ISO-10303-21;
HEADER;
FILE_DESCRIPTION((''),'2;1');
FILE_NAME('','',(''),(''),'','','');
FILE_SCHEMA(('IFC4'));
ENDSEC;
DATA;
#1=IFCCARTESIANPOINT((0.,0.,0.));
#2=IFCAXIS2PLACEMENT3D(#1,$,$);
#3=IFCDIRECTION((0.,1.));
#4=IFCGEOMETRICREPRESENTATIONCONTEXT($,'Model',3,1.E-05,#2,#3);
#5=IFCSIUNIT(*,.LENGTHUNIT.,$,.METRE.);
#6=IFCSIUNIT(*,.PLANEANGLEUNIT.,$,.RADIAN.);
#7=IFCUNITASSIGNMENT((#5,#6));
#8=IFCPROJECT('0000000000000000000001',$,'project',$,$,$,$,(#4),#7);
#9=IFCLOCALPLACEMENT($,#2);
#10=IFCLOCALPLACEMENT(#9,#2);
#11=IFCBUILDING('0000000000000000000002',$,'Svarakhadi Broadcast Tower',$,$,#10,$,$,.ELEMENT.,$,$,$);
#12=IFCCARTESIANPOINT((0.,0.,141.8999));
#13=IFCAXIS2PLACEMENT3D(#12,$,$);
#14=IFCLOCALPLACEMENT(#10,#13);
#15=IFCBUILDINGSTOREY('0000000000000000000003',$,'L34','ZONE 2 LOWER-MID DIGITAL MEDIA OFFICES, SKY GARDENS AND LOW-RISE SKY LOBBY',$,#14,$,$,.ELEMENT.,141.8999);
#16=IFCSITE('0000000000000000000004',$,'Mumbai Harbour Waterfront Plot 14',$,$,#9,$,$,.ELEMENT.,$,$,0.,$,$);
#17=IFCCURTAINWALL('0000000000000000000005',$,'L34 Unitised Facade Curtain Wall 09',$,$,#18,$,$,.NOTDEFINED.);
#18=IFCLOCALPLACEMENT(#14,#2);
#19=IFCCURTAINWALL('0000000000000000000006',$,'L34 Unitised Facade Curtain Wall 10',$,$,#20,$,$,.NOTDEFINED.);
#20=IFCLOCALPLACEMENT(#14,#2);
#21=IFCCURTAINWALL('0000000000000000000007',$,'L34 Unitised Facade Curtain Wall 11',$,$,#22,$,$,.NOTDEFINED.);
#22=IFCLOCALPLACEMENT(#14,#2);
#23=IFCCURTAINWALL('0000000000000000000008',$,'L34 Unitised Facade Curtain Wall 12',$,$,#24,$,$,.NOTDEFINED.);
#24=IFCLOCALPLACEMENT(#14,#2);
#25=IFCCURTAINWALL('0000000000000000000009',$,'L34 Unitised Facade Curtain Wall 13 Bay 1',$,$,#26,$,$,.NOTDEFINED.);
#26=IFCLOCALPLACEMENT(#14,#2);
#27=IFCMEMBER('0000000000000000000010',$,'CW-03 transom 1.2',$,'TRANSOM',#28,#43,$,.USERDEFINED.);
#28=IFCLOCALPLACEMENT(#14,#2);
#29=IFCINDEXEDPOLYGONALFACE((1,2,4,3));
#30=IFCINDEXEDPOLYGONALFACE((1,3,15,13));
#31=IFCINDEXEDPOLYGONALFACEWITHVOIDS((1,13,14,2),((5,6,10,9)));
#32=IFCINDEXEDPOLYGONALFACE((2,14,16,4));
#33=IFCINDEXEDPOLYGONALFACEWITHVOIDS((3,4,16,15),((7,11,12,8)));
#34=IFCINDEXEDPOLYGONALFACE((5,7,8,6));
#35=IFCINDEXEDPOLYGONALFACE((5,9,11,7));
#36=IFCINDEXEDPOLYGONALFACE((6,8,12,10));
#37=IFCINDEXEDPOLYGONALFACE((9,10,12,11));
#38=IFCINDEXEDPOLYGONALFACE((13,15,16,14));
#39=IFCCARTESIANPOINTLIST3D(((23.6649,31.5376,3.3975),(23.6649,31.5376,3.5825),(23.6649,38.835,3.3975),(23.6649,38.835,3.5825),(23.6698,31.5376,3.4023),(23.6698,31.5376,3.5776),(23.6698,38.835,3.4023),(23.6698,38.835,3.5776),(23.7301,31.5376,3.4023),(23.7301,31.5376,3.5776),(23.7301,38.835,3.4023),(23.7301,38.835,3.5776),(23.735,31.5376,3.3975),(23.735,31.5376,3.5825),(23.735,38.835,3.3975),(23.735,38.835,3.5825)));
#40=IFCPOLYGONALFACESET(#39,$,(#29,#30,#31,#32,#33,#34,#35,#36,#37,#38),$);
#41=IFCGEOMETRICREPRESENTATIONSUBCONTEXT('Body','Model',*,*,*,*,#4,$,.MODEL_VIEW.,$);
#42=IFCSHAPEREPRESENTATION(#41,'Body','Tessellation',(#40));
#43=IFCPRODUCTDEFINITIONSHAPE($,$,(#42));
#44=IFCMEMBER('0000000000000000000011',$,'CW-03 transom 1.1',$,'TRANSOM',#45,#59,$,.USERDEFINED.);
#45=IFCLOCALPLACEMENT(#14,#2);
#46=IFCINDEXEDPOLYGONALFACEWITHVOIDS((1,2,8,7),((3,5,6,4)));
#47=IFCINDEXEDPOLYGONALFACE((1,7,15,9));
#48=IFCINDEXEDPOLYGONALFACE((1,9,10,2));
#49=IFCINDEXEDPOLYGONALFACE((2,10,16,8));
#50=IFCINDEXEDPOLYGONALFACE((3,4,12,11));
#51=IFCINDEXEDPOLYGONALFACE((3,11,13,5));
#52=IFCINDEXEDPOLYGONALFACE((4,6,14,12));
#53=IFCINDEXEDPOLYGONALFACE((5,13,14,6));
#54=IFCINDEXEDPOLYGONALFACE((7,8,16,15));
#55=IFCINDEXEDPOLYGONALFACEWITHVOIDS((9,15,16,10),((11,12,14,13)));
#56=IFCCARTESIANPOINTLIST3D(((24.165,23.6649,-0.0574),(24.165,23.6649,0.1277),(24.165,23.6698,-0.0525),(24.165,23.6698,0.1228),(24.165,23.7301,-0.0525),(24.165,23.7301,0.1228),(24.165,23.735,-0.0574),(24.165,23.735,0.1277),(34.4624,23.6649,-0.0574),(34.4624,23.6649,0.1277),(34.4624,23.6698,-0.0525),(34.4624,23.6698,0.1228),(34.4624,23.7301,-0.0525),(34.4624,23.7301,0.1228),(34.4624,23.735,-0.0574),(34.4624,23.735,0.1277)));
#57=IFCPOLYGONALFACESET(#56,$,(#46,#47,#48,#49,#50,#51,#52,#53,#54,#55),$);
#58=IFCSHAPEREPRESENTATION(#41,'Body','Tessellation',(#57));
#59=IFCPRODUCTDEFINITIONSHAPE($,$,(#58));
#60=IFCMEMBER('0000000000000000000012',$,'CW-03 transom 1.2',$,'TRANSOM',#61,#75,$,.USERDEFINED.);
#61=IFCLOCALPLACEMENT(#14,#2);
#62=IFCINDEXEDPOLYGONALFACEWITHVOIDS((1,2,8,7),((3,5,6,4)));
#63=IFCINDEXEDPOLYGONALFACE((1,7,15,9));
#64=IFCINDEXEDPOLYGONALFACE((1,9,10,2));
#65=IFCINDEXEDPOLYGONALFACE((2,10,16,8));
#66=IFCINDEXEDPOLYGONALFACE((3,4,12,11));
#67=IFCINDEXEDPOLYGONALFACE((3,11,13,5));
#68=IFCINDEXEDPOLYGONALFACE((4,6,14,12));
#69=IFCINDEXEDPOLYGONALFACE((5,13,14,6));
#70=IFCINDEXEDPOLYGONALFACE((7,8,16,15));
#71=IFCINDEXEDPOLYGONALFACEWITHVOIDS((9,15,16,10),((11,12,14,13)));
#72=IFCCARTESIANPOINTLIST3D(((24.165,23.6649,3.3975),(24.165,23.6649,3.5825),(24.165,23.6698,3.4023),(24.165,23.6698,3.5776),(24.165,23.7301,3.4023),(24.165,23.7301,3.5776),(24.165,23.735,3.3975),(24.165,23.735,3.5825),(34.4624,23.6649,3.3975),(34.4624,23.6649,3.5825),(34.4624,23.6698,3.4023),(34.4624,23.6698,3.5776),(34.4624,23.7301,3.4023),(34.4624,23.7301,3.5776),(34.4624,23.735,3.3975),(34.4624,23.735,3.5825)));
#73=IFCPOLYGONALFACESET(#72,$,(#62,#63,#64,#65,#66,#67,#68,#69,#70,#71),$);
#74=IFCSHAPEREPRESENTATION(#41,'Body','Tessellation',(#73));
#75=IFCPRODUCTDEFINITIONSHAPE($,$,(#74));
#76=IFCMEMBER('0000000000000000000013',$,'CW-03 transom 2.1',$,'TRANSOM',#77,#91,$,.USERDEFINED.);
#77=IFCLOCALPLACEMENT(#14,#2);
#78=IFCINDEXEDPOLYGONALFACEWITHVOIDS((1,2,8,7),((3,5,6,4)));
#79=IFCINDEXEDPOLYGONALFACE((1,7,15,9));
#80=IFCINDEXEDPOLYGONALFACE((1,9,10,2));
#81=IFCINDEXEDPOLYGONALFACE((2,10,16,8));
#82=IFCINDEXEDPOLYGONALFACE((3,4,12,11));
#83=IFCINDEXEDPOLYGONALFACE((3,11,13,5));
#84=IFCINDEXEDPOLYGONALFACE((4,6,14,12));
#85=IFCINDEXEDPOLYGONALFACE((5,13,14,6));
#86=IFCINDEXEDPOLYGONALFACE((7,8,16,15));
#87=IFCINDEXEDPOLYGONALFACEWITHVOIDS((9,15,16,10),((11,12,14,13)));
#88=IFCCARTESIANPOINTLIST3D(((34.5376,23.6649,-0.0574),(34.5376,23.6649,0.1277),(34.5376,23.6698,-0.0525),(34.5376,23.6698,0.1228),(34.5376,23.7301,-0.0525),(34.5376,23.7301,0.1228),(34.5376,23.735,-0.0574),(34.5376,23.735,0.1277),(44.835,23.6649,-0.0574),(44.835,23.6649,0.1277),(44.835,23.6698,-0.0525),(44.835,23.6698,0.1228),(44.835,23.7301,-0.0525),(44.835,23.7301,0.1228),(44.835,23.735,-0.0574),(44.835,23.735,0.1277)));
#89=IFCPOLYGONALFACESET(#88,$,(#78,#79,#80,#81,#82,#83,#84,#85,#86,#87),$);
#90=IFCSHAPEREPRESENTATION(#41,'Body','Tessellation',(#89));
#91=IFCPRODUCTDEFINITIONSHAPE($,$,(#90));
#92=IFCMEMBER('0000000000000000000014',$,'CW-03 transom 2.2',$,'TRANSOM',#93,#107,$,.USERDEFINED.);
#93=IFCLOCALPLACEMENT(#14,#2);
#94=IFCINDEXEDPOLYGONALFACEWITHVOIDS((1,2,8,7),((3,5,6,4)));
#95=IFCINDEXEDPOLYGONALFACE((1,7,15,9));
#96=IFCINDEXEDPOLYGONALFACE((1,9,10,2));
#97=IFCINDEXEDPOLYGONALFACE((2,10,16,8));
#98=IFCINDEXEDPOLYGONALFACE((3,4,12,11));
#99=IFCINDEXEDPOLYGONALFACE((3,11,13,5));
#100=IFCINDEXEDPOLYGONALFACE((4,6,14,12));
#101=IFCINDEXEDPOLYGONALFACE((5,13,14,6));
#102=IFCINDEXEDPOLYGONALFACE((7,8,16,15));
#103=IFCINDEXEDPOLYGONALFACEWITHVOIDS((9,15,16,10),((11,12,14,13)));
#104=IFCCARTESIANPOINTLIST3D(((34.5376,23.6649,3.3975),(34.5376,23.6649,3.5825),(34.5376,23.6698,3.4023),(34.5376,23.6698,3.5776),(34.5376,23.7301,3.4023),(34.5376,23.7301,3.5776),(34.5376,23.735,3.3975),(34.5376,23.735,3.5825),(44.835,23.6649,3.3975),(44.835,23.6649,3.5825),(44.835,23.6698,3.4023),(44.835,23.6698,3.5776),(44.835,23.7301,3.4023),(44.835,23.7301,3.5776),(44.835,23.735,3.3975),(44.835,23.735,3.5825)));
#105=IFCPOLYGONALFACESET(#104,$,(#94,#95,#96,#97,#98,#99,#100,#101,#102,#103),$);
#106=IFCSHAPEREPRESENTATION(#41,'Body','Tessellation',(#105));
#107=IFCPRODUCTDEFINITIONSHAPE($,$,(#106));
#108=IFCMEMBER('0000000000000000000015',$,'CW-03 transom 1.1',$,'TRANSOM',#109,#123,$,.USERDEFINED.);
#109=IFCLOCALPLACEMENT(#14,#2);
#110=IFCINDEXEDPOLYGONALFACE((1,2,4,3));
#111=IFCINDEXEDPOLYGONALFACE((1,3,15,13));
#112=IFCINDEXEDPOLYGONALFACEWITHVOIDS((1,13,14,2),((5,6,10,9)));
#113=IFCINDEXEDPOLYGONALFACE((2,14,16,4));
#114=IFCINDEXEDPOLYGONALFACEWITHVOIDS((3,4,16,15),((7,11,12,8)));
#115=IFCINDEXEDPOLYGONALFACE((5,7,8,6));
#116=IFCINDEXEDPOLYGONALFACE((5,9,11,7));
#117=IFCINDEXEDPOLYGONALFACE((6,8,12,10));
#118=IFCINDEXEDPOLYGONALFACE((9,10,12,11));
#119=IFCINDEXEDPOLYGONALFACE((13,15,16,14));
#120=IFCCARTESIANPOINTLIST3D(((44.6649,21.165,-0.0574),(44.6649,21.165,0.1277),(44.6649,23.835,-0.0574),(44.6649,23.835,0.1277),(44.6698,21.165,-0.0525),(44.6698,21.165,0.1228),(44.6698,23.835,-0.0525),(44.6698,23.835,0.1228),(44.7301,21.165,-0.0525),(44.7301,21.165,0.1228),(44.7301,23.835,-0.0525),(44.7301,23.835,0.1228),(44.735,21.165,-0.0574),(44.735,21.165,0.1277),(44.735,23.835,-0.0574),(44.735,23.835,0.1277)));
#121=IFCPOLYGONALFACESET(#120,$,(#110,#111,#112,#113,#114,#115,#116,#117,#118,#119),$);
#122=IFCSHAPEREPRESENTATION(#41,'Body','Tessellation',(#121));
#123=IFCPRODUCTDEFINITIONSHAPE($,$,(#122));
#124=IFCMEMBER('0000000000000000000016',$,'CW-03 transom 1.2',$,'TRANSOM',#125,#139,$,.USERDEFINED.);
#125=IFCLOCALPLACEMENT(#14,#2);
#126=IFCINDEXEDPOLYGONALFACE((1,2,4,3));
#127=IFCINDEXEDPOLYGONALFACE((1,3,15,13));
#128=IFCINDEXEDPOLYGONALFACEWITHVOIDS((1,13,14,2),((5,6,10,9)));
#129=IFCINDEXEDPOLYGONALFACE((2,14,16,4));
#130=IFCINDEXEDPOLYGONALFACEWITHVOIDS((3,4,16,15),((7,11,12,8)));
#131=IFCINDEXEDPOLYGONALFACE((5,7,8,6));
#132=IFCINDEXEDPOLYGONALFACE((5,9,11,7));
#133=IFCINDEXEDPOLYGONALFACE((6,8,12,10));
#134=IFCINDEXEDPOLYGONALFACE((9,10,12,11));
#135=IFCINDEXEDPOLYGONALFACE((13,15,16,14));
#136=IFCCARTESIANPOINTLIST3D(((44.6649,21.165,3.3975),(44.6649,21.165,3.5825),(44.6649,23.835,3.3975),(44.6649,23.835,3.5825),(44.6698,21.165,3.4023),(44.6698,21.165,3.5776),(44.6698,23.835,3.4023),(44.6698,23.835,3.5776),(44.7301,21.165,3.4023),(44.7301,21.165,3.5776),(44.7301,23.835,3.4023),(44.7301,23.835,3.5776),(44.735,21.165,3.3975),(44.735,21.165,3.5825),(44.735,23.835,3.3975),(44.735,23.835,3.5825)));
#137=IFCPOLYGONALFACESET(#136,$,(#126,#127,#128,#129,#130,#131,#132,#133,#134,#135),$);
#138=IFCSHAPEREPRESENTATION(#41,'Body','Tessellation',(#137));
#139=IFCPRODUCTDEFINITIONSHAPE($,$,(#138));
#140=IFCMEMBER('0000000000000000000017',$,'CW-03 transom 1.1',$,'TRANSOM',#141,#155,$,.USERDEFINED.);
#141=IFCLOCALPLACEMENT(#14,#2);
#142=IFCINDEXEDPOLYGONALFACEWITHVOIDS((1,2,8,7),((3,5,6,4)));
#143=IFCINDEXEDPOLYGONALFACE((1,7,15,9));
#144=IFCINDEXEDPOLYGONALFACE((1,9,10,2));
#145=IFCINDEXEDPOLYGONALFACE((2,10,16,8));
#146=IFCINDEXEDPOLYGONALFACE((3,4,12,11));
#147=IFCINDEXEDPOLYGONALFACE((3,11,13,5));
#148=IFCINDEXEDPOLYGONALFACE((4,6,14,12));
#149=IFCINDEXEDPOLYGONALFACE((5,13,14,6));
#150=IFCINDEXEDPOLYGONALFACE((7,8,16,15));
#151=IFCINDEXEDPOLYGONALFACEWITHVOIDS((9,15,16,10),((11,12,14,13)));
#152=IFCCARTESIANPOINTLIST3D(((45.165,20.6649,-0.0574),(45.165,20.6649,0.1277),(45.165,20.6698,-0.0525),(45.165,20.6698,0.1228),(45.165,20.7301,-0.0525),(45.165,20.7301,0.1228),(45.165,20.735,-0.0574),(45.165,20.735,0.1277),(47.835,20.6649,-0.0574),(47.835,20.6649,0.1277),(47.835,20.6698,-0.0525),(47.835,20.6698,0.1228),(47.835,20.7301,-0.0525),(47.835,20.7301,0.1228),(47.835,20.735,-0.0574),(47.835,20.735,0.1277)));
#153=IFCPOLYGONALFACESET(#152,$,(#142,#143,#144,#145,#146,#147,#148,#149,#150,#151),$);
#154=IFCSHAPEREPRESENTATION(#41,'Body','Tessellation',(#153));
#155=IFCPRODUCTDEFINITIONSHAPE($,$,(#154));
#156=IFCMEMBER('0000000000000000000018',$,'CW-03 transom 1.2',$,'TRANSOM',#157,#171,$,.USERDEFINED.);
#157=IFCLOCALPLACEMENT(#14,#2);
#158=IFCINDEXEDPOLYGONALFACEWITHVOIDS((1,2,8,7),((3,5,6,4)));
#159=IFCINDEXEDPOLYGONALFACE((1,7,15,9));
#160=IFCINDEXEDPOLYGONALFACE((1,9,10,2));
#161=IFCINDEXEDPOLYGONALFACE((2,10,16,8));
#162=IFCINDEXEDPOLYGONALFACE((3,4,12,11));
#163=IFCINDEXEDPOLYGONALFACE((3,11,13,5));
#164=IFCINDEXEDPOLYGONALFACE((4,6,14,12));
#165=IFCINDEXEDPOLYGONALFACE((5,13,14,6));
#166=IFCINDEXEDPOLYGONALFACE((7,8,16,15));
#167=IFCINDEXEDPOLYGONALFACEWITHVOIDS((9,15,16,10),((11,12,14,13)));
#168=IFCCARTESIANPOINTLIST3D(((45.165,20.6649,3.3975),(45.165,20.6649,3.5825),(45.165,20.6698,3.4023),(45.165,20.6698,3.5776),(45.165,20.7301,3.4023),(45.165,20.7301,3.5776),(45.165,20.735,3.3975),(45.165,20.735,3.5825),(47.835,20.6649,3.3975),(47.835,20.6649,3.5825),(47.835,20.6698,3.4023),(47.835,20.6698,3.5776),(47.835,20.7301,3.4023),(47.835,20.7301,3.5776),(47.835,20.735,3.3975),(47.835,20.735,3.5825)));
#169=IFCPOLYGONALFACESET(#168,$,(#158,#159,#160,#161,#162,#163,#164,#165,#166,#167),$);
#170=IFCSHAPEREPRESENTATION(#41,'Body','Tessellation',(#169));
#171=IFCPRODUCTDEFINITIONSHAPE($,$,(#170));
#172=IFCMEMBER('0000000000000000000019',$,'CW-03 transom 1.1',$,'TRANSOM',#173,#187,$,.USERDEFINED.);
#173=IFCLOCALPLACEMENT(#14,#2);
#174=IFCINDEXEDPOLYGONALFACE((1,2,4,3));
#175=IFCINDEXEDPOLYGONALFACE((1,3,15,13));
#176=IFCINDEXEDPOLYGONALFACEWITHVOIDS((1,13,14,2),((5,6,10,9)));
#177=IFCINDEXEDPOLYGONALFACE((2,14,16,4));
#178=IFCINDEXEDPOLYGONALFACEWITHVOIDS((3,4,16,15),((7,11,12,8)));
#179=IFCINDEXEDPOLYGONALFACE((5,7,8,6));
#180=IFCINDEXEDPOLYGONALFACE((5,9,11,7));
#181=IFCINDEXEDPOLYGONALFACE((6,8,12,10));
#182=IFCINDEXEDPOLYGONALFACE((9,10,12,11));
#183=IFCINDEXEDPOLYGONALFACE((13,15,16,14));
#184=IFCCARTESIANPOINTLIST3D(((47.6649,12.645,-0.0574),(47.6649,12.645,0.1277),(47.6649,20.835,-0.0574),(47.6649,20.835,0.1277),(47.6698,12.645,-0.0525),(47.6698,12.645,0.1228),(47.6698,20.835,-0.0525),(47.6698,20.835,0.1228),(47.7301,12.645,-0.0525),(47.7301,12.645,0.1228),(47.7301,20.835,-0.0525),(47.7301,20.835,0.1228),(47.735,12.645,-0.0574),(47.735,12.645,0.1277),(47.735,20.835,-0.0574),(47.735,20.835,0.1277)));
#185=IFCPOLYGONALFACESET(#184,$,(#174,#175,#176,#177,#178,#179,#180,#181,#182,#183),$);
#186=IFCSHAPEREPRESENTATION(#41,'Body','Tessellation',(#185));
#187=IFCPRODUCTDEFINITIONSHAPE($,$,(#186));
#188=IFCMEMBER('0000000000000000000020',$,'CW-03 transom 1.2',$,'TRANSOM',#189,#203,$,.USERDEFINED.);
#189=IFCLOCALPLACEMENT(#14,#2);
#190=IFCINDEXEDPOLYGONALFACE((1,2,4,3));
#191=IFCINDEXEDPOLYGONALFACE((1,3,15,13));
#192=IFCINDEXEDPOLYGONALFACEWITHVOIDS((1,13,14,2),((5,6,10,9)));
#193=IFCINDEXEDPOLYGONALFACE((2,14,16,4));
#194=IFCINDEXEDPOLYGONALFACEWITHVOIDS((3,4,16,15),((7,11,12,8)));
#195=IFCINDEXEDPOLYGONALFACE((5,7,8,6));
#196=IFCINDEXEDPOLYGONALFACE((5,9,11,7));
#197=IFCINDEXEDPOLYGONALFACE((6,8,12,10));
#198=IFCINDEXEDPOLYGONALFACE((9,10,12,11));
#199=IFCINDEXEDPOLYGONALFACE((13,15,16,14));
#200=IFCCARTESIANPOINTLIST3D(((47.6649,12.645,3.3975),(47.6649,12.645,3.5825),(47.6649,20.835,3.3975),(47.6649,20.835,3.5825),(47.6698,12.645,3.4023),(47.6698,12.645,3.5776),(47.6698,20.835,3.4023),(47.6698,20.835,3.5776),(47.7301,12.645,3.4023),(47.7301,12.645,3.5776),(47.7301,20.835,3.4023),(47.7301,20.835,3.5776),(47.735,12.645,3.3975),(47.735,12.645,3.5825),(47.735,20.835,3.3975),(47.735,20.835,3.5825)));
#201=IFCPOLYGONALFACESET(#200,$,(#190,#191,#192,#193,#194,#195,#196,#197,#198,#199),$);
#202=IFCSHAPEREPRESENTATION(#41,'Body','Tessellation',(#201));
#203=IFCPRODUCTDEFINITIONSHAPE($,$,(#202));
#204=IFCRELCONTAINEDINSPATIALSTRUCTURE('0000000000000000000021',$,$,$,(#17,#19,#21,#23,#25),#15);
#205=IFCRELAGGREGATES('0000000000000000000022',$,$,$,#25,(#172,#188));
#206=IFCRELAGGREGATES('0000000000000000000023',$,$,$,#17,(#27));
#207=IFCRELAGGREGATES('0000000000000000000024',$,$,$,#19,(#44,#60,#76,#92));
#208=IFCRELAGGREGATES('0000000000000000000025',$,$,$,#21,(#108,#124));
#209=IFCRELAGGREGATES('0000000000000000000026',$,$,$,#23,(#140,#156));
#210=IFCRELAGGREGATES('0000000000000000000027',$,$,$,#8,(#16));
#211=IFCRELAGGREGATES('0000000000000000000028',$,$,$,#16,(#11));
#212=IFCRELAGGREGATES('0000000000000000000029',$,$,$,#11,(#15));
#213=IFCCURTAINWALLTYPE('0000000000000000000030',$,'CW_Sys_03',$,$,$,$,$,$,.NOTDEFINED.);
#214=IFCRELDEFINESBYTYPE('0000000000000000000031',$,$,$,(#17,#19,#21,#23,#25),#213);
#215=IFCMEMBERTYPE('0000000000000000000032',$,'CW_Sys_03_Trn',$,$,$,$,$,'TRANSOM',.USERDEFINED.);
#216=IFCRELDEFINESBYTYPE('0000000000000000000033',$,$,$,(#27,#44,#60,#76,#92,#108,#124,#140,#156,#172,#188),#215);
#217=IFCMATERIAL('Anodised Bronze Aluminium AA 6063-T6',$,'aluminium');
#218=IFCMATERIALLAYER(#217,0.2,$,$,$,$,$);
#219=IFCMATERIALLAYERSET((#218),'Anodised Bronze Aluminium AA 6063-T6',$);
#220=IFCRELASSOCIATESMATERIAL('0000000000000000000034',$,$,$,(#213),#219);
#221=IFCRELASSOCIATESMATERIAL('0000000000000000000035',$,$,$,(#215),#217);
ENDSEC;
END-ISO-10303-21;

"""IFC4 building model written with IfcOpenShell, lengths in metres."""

from ifc_helpers import new_model, si_unit, direction, frame, origin, origin_2d, place, context, subcontext, project, spatial, hollow_rectangle, extrude, material, layer, layer_set, material_profile, profile_set, type_object, element, aggregate, save


model = new_model("IFC4")

# Units and contexts
model_context = context("Model", 3, precision=1e-05, world=origin(), true_north=direction((0.0, 1.0)))
body_context = subcontext(model_context, "Body", "Model", "MODEL_VIEW")
ifc_project = project(units=[si_unit("LENGTHUNIT", "METRE"), si_unit("PLANEANGLEUNIT", "RADIAN")], contexts=[model_context])

# Site, building, storey
site_placement = place(None, origin())
site = spatial("IfcSite", under=ifc_project, at=site_placement, Name="Mumbai Harbour Waterfront Plot 14", CompositionType="ELEMENT", RefElevation=0.0)
building_placement = place(site_placement, origin())
building = spatial("IfcBuilding", under=site, at=building_placement, Name="Svarakhadi Broadcast Tower", CompositionType="ELEMENT")
storey_placement = place(building_placement, frame((0.0, 0.0, 141.8999)))
storey = spatial("IfcBuildingStorey", under=building, at=storey_placement, Name="L34", Description="ZONE 2 LOWER-MID DIGITAL MEDIA OFFICES, SKY GARDENS AND LOW-RISE SKY LOBBY", CompositionType="ELEMENT", Elevation=141.8999)

# Curtain wall
ifc_material_1 = material(Name="Anodised Bronze Aluminium AA 6063-T6", Category="aluminium")
ifc_layer_1 = layer(ifc_material_1, 0.2)
ifc_layer_set_1 = layer_set([ifc_layer_1], Name="Anodised Bronze Aluminium AA 6063-T6")
curtain_wall_type = type_object("IfcCurtainWallType", Name="CW_Sys_03", PredefinedType="NOTDEFINED", material=ifc_layer_set_1)
curtain_wall_1_placement = place(storey_placement, origin())
curtain_wall_1 = element("IfcCurtainWall", 1, at=curtain_wall_1_placement, inside=storey, type_object=curtain_wall_type, Name="L34 Unitised Facade Curtain Wall 09", PredefinedType="NOTDEFINED")

# Curtain walls
curtain_wall_2_placement = place(storey_placement, origin())
curtain_wall_2 = element("IfcCurtainWall", 2, at=curtain_wall_2_placement, inside=storey, type_object=curtain_wall_type, Name="L34 Unitised Facade Curtain Wall 10", PredefinedType="NOTDEFINED")
curtain_wall_3_placement = place(storey_placement, origin())
curtain_wall_3 = element("IfcCurtainWall", 3, at=curtain_wall_3_placement, inside=storey, type_object=curtain_wall_type, Name="L34 Unitised Facade Curtain Wall 11", PredefinedType="NOTDEFINED")
curtain_wall_4_placement = place(storey_placement, origin())
curtain_wall_4 = element("IfcCurtainWall", 4, at=curtain_wall_4_placement, inside=storey, type_object=curtain_wall_type, Name="L34 Unitised Facade Curtain Wall 12", PredefinedType="NOTDEFINED")

# Curtain wall
curtain_wall_5_placement = place(storey_placement, origin())
curtain_wall_5 = element("IfcCurtainWall", 5, at=curtain_wall_5_placement, inside=storey, type_object=curtain_wall_type, Name="L34 Unitised Facade Curtain Wall 13 Bay 1", PredefinedType="NOTDEFINED")

# Members
ifc_material_profile_1 = material_profile(ifc_material_1, hollow_rectangle(XDim=0.0701, YDim=0.1851, WallThickness=0.0049, at=origin_2d()), Name="ALU TRANSOM 185x70x5")
ifc_profile_set_1 = profile_set([ifc_material_profile_1], Name="Anodised Bronze Aluminium AA 6063-T6")
member_type_1 = type_object("IfcMemberType", Name="CW_Sys_03_Trn", ElementType="TRANSOM", PredefinedType="USERDEFINED", material=ifc_profile_set_1)
member_1_placement = place(storey_placement, frame((23.7, 38.835, 3.49), z_axis=(0.0, -1.0, 0.0), x_axis=(1.0, 0.0, 0.0)))
member_1 = element("IfcMember", 6, at=member_1_placement, type_object=member_type_1, Name="CW-03 transom 1.2", ObjectType="TRANSOM", PredefinedType="USERDEFINED", context=body_context, shape_type="SweptSolid", body=[
    extrude(hollow_rectangle(XDim=0.0701, YDim=0.1851, WallThickness=0.0049, at=origin_2d()), origin(), (0.0, 0.0, 1.0), 7.2974),
])
member_2_placement = place(storey_placement, frame((24.165, 23.7, 0.0352), z_axis=(1.0, 0.0, 0.0), x_axis=(0.0, 1.0, 0.0)))
member_2 = element("IfcMember", 7, at=member_2_placement, type_object=member_type_1, Name="CW-03 transom 1.1", ObjectType="TRANSOM", PredefinedType="USERDEFINED", context=body_context, shape_type="SweptSolid", body=[
    extrude(hollow_rectangle(XDim=0.0701, YDim=0.1851, WallThickness=0.0049, at=origin_2d()), origin(), (0.0, 0.0, 1.0), 10.2974),
])
member_3_placement = place(storey_placement, frame((24.165, 23.7, 3.49), z_axis=(1.0, 0.0, 0.0), x_axis=(0.0, 1.0, 0.0)))
member_3 = element("IfcMember", 8, at=member_3_placement, type_object=member_type_1, Name="CW-03 transom 1.2", ObjectType="TRANSOM", PredefinedType="USERDEFINED", context=body_context, shape_type="SweptSolid", body=[
    extrude(hollow_rectangle(XDim=0.0701, YDim=0.1851, WallThickness=0.0049, at=origin_2d()), origin(), (0.0, 0.0, 1.0), 10.2974),
])
member_4_placement = place(storey_placement, frame((34.5376, 23.7, 0.0352), z_axis=(1.0, 0.0, 0.0), x_axis=(0.0, 1.0, 0.0)))
member_4 = element("IfcMember", 9, at=member_4_placement, type_object=member_type_1, Name="CW-03 transom 2.1", ObjectType="TRANSOM", PredefinedType="USERDEFINED", context=body_context, shape_type="SweptSolid", body=[
    extrude(hollow_rectangle(XDim=0.0701, YDim=0.1851, WallThickness=0.0049, at=origin_2d()), origin(), (0.0, 0.0, 1.0), 10.2974),
])
member_5_placement = place(storey_placement, frame((34.5376, 23.7, 3.49), z_axis=(1.0, 0.0, 0.0), x_axis=(0.0, 1.0, 0.0)))
member_5 = element("IfcMember", 10, at=member_5_placement, type_object=member_type_1, Name="CW-03 transom 2.2", ObjectType="TRANSOM", PredefinedType="USERDEFINED", context=body_context, shape_type="SweptSolid", body=[
    extrude(hollow_rectangle(XDim=0.0701, YDim=0.1851, WallThickness=0.0049, at=origin_2d()), origin(), (0.0, 0.0, 1.0), 10.2974),
])
member_6_placement = place(storey_placement, frame((44.7, 23.835, 0.0352), z_axis=(0.0, -1.0, 0.0), x_axis=(1.0, 0.0, 0.0)))
member_6 = element("IfcMember", 11, at=member_6_placement, type_object=member_type_1, Name="CW-03 transom 1.1", ObjectType="TRANSOM", PredefinedType="USERDEFINED", context=body_context, shape_type="SweptSolid", body=[
    extrude(hollow_rectangle(XDim=0.0701, YDim=0.1851, WallThickness=0.0049, at=origin_2d()), origin(), (0.0, 0.0, 1.0), 2.6699),
])
member_7_placement = place(storey_placement, frame((44.7, 23.835, 3.49), z_axis=(0.0, -1.0, 0.0), x_axis=(1.0, 0.0, 0.0)))
member_7 = element("IfcMember", 12, at=member_7_placement, type_object=member_type_1, Name="CW-03 transom 1.2", ObjectType="TRANSOM", PredefinedType="USERDEFINED", context=body_context, shape_type="SweptSolid", body=[
    extrude(hollow_rectangle(XDim=0.0701, YDim=0.1851, WallThickness=0.0049, at=origin_2d()), origin(), (0.0, 0.0, 1.0), 2.6699),
])
member_8_placement = place(storey_placement, frame((45.165, 20.7, 0.0352), z_axis=(1.0, 0.0, 0.0), x_axis=(0.0, 1.0, 0.0)))
member_8 = element("IfcMember", 13, at=member_8_placement, type_object=member_type_1, Name="CW-03 transom 1.1", ObjectType="TRANSOM", PredefinedType="USERDEFINED", context=body_context, shape_type="SweptSolid", body=[
    extrude(hollow_rectangle(XDim=0.0701, YDim=0.1851, WallThickness=0.0049, at=origin_2d()), origin(), (0.0, 0.0, 1.0), 2.6699),
])
member_9_placement = place(storey_placement, frame((45.165, 20.7, 3.49), z_axis=(1.0, 0.0, 0.0), x_axis=(0.0, 1.0, 0.0)))
member_9 = element("IfcMember", 14, at=member_9_placement, type_object=member_type_1, Name="CW-03 transom 1.2", ObjectType="TRANSOM", PredefinedType="USERDEFINED", context=body_context, shape_type="SweptSolid", body=[
    extrude(hollow_rectangle(XDim=0.0701, YDim=0.1851, WallThickness=0.0049, at=origin_2d()), origin(), (0.0, 0.0, 1.0), 2.6699),
])
member_10_placement = place(storey_placement, frame((47.7, 20.835, 0.0352), z_axis=(0.0, -1.0, 0.0), x_axis=(1.0, 0.0, 0.0)))
member_10 = element("IfcMember", 15, at=member_10_placement, type_object=member_type_1, Name="CW-03 transom 1.1", ObjectType="TRANSOM", PredefinedType="USERDEFINED", context=body_context, shape_type="SweptSolid", body=[
    extrude(hollow_rectangle(XDim=0.0701, YDim=0.1851, WallThickness=0.0049, at=origin_2d()), origin(), (0.0, 0.0, 1.0), 8.1899),
])
member_11_placement = place(storey_placement, frame((47.7, 20.835, 3.49), z_axis=(0.0, -1.0, 0.0), x_axis=(1.0, 0.0, 0.0)))
member_11 = element("IfcMember", 16, at=member_11_placement, type_object=member_type_1, Name="CW-03 transom 1.2", ObjectType="TRANSOM", PredefinedType="USERDEFINED", context=body_context, shape_type="SweptSolid", body=[
    extrude(hollow_rectangle(XDim=0.0701, YDim=0.1851, WallThickness=0.0049, at=origin_2d()), origin(), (0.0, 0.0, 1.0), 8.1899),
])
aggregate(curtain_wall_5, [member_10, member_11])

aggregate(curtain_wall_1, [member_1])
aggregate(curtain_wall_2, [member_2, member_3, member_4, member_5])
aggregate(curtain_wall_3, [member_6, member_7])
aggregate(curtain_wall_4, [member_8, member_9])

save(model, "model.ifc")
